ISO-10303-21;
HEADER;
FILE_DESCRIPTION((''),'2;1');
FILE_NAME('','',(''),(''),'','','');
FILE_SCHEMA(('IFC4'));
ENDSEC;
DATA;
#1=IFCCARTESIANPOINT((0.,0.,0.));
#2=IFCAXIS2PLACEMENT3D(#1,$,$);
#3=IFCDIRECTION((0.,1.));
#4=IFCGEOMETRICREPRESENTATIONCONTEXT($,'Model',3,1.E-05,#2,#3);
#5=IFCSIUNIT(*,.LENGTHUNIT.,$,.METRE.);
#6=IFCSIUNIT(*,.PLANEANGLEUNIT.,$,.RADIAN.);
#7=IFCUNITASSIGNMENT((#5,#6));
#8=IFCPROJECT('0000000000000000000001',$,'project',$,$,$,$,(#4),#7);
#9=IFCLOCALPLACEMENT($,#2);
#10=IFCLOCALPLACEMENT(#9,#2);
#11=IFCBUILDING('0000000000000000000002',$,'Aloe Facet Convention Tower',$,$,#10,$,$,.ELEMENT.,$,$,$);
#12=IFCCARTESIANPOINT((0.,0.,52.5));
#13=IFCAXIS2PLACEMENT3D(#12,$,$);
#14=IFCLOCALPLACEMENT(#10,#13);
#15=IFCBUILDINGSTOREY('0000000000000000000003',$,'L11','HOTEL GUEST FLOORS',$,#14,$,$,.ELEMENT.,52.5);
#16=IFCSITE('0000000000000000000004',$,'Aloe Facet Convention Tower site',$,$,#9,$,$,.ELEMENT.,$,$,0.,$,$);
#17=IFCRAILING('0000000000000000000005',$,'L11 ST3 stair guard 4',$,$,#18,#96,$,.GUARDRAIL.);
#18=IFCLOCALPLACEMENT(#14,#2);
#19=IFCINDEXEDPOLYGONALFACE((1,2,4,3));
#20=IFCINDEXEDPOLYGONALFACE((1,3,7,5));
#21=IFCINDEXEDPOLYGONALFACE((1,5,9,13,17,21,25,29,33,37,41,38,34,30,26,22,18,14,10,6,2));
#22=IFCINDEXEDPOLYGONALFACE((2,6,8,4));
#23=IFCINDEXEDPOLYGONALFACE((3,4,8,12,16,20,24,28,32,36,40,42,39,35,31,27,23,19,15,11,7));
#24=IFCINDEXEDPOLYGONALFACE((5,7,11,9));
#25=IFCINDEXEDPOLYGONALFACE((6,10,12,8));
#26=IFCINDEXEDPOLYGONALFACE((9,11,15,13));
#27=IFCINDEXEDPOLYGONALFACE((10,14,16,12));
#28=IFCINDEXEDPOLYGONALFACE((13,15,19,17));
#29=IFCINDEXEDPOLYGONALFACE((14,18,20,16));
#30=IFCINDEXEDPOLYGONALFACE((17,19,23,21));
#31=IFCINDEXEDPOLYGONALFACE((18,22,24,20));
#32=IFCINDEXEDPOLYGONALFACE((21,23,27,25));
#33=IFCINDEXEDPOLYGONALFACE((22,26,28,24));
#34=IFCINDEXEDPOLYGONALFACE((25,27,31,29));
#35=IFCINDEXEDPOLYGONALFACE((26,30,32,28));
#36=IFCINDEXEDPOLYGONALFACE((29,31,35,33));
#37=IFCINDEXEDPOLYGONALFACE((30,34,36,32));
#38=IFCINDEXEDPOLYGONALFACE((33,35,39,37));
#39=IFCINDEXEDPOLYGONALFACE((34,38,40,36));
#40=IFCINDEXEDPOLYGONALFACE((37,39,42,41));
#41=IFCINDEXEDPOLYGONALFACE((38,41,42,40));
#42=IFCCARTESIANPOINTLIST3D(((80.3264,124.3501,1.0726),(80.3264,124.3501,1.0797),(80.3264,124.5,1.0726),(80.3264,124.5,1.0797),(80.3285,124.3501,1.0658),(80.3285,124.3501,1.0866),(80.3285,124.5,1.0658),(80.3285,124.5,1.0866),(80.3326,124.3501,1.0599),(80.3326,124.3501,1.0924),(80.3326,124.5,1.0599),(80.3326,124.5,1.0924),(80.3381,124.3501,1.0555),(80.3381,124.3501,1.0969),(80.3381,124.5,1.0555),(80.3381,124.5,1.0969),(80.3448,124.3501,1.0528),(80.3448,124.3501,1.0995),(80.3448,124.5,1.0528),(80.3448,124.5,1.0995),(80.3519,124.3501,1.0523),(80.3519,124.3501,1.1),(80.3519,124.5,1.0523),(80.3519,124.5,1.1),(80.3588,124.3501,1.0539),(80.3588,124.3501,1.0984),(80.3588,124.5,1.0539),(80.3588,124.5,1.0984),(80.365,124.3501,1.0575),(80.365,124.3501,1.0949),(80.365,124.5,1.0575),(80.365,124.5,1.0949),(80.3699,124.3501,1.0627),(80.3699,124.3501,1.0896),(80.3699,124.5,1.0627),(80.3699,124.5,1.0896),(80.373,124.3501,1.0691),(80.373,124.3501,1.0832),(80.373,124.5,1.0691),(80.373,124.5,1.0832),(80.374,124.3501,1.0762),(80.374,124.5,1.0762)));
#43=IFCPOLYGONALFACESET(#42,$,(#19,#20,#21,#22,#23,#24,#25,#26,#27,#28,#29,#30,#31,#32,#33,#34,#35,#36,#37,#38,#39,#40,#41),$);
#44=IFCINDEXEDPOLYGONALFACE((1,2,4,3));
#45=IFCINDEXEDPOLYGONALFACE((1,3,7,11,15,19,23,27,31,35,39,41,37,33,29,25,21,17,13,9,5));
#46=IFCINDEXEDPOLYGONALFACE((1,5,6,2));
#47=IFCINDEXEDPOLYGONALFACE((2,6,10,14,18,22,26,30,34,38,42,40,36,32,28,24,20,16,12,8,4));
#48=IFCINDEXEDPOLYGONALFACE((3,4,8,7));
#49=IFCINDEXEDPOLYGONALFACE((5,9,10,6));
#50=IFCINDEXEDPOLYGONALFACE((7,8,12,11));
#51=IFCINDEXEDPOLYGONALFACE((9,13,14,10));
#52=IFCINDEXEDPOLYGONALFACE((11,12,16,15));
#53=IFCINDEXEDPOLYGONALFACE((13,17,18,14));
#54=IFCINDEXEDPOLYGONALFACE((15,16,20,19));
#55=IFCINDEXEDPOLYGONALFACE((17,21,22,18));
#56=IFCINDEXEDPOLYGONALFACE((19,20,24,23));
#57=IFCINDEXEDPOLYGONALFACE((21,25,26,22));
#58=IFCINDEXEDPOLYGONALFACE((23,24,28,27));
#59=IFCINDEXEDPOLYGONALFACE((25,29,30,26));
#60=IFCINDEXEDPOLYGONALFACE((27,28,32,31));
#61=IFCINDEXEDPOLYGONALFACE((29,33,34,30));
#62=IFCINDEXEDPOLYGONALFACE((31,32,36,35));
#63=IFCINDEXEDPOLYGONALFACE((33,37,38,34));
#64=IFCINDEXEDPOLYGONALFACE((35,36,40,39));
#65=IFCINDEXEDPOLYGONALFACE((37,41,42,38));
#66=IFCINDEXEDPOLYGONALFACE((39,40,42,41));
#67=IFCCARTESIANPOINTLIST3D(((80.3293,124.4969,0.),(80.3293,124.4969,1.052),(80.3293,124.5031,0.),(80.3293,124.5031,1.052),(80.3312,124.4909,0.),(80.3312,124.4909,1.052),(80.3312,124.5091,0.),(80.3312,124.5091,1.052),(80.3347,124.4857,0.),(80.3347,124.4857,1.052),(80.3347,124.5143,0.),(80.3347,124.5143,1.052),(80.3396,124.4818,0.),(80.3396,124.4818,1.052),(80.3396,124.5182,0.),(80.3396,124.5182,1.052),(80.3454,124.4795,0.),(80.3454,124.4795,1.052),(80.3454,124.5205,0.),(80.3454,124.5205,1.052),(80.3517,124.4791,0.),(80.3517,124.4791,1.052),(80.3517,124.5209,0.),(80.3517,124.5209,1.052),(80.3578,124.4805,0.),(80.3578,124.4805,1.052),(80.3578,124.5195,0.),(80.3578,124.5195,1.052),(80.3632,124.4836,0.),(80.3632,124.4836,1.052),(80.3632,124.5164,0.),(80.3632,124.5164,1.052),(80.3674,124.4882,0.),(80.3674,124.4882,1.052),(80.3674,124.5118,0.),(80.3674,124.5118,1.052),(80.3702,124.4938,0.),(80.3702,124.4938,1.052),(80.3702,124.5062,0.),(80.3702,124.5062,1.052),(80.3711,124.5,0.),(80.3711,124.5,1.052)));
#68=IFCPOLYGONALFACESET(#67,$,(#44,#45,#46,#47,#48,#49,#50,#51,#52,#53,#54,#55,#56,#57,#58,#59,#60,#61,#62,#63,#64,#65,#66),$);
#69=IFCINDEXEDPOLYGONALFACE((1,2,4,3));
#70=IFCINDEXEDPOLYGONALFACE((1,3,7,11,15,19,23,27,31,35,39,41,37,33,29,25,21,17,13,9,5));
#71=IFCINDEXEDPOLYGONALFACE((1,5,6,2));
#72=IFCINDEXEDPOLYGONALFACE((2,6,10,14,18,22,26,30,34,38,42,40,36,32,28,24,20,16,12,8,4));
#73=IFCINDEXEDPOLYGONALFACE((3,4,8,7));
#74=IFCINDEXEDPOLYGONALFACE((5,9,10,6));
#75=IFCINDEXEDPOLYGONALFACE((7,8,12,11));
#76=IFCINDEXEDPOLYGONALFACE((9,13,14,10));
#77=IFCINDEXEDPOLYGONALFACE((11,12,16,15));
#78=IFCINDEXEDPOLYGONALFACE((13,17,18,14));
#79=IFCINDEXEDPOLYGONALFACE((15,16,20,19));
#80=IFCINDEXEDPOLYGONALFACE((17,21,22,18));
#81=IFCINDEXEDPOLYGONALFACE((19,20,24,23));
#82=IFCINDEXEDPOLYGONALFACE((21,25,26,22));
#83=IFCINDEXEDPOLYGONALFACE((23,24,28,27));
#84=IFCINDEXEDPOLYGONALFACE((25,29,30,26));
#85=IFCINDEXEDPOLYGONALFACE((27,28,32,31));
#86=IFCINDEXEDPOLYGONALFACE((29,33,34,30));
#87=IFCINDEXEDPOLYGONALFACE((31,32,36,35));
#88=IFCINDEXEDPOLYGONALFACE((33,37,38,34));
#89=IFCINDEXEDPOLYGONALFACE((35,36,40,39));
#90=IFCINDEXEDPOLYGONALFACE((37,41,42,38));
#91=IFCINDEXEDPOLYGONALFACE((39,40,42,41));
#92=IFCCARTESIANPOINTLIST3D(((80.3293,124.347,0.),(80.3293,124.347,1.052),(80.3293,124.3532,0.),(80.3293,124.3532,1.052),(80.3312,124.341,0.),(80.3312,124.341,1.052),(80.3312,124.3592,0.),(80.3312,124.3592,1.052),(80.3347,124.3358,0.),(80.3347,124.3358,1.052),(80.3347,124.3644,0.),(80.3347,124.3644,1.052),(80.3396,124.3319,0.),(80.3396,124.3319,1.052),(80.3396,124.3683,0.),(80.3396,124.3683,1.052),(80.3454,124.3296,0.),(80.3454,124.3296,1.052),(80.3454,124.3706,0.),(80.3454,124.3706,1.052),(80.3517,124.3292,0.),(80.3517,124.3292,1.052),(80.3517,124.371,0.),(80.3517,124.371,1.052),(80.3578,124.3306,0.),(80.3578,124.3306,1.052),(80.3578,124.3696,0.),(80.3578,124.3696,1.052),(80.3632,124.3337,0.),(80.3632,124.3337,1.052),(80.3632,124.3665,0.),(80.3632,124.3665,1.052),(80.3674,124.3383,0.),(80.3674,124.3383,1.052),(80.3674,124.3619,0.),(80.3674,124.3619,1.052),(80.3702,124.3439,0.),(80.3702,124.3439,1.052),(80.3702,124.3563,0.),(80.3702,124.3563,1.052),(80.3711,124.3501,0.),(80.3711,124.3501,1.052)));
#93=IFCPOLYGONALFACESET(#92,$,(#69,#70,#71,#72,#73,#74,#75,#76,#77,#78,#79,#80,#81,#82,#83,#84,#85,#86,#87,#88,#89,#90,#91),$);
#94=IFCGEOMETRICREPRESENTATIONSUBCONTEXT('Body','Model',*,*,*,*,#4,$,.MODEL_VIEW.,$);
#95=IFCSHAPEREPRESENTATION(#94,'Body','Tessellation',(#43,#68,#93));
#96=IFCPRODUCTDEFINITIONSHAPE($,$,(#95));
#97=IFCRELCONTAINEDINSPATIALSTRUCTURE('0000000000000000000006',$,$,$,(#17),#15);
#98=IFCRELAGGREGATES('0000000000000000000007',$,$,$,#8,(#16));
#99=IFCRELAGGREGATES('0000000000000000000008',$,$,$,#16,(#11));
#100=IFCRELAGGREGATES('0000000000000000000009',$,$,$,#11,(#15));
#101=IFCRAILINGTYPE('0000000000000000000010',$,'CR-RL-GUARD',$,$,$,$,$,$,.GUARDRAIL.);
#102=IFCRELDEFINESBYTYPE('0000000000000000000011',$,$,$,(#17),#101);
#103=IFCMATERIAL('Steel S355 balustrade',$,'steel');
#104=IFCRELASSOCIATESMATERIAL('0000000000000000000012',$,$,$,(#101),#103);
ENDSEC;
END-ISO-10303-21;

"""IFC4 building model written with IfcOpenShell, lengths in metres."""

from ifc_helpers import new_model, si_unit, direction, frame, origin, origin_2d, place, context, subcontext, project, spatial, circle, extrude, material, type_object, element, save


model = new_model("IFC4")

# Units and contexts
model_context = context("Model", 3, precision=1e-05, world=origin(), true_north=direction((0.0, 1.0)))
body_context = subcontext(model_context, "Body", "Model", "MODEL_VIEW")
ifc_project = project(units=[si_unit("LENGTHUNIT", "METRE"), si_unit("PLANEANGLEUNIT", "RADIAN")], contexts=[model_context])

# Site, building, storey
site_placement = place(None, origin())
site = spatial("IfcSite", under=ifc_project, at=site_placement, Name="Aloe Facet Convention Tower site", CompositionType="ELEMENT", RefElevation=0.0)
building_placement = place(site_placement, origin())
building = spatial("IfcBuilding", under=site, at=building_placement, Name="Aloe Facet Convention Tower", CompositionType="ELEMENT")
storey_placement = place(building_placement, frame((0.0, 0.0, 52.5)))
storey = spatial("IfcBuildingStorey", under=building, at=storey_placement, Name="L11", Description="HOTEL GUEST FLOORS", CompositionType="ELEMENT", Elevation=52.5)

# Railing
ifc_material_1 = material(Name="Steel S355 balustrade", Category="steel")
railing_type = type_object("IfcRailingType", Name="CR-RL-GUARD", PredefinedType="GUARDRAIL", material=ifc_material_1)
railing_1_placement = place(storey_placement, frame((80.3501, 124.5, 0.0)))
element("IfcRailing", 1, at=railing_1_placement, inside=storey, type_object=railing_type, Name="L11 ST3 stair guard 4", PredefinedType="GUARDRAIL", context=body_context, shape_type="SweptSolid", body=[
    extrude(circle(Radius=0.0239, at=origin_2d()), frame((0.0, 0.0, 1.0762), z_axis=(0.0, -1.0, 0.0), x_axis=(1.0, 0.0, 0.0)), (0.0, 0.0, 1.0), 0.1499),
    extrude(circle(Radius=0.021, at=origin_2d()), origin(), (0.0, 0.0, 1.0), 1.052),
    extrude(circle(Radius=0.021, at=origin_2d()), frame((0.0, -0.1499, 0.0)), (0.0, 0.0, 1.0), 1.052),
])

save(model, "model.ifc")
